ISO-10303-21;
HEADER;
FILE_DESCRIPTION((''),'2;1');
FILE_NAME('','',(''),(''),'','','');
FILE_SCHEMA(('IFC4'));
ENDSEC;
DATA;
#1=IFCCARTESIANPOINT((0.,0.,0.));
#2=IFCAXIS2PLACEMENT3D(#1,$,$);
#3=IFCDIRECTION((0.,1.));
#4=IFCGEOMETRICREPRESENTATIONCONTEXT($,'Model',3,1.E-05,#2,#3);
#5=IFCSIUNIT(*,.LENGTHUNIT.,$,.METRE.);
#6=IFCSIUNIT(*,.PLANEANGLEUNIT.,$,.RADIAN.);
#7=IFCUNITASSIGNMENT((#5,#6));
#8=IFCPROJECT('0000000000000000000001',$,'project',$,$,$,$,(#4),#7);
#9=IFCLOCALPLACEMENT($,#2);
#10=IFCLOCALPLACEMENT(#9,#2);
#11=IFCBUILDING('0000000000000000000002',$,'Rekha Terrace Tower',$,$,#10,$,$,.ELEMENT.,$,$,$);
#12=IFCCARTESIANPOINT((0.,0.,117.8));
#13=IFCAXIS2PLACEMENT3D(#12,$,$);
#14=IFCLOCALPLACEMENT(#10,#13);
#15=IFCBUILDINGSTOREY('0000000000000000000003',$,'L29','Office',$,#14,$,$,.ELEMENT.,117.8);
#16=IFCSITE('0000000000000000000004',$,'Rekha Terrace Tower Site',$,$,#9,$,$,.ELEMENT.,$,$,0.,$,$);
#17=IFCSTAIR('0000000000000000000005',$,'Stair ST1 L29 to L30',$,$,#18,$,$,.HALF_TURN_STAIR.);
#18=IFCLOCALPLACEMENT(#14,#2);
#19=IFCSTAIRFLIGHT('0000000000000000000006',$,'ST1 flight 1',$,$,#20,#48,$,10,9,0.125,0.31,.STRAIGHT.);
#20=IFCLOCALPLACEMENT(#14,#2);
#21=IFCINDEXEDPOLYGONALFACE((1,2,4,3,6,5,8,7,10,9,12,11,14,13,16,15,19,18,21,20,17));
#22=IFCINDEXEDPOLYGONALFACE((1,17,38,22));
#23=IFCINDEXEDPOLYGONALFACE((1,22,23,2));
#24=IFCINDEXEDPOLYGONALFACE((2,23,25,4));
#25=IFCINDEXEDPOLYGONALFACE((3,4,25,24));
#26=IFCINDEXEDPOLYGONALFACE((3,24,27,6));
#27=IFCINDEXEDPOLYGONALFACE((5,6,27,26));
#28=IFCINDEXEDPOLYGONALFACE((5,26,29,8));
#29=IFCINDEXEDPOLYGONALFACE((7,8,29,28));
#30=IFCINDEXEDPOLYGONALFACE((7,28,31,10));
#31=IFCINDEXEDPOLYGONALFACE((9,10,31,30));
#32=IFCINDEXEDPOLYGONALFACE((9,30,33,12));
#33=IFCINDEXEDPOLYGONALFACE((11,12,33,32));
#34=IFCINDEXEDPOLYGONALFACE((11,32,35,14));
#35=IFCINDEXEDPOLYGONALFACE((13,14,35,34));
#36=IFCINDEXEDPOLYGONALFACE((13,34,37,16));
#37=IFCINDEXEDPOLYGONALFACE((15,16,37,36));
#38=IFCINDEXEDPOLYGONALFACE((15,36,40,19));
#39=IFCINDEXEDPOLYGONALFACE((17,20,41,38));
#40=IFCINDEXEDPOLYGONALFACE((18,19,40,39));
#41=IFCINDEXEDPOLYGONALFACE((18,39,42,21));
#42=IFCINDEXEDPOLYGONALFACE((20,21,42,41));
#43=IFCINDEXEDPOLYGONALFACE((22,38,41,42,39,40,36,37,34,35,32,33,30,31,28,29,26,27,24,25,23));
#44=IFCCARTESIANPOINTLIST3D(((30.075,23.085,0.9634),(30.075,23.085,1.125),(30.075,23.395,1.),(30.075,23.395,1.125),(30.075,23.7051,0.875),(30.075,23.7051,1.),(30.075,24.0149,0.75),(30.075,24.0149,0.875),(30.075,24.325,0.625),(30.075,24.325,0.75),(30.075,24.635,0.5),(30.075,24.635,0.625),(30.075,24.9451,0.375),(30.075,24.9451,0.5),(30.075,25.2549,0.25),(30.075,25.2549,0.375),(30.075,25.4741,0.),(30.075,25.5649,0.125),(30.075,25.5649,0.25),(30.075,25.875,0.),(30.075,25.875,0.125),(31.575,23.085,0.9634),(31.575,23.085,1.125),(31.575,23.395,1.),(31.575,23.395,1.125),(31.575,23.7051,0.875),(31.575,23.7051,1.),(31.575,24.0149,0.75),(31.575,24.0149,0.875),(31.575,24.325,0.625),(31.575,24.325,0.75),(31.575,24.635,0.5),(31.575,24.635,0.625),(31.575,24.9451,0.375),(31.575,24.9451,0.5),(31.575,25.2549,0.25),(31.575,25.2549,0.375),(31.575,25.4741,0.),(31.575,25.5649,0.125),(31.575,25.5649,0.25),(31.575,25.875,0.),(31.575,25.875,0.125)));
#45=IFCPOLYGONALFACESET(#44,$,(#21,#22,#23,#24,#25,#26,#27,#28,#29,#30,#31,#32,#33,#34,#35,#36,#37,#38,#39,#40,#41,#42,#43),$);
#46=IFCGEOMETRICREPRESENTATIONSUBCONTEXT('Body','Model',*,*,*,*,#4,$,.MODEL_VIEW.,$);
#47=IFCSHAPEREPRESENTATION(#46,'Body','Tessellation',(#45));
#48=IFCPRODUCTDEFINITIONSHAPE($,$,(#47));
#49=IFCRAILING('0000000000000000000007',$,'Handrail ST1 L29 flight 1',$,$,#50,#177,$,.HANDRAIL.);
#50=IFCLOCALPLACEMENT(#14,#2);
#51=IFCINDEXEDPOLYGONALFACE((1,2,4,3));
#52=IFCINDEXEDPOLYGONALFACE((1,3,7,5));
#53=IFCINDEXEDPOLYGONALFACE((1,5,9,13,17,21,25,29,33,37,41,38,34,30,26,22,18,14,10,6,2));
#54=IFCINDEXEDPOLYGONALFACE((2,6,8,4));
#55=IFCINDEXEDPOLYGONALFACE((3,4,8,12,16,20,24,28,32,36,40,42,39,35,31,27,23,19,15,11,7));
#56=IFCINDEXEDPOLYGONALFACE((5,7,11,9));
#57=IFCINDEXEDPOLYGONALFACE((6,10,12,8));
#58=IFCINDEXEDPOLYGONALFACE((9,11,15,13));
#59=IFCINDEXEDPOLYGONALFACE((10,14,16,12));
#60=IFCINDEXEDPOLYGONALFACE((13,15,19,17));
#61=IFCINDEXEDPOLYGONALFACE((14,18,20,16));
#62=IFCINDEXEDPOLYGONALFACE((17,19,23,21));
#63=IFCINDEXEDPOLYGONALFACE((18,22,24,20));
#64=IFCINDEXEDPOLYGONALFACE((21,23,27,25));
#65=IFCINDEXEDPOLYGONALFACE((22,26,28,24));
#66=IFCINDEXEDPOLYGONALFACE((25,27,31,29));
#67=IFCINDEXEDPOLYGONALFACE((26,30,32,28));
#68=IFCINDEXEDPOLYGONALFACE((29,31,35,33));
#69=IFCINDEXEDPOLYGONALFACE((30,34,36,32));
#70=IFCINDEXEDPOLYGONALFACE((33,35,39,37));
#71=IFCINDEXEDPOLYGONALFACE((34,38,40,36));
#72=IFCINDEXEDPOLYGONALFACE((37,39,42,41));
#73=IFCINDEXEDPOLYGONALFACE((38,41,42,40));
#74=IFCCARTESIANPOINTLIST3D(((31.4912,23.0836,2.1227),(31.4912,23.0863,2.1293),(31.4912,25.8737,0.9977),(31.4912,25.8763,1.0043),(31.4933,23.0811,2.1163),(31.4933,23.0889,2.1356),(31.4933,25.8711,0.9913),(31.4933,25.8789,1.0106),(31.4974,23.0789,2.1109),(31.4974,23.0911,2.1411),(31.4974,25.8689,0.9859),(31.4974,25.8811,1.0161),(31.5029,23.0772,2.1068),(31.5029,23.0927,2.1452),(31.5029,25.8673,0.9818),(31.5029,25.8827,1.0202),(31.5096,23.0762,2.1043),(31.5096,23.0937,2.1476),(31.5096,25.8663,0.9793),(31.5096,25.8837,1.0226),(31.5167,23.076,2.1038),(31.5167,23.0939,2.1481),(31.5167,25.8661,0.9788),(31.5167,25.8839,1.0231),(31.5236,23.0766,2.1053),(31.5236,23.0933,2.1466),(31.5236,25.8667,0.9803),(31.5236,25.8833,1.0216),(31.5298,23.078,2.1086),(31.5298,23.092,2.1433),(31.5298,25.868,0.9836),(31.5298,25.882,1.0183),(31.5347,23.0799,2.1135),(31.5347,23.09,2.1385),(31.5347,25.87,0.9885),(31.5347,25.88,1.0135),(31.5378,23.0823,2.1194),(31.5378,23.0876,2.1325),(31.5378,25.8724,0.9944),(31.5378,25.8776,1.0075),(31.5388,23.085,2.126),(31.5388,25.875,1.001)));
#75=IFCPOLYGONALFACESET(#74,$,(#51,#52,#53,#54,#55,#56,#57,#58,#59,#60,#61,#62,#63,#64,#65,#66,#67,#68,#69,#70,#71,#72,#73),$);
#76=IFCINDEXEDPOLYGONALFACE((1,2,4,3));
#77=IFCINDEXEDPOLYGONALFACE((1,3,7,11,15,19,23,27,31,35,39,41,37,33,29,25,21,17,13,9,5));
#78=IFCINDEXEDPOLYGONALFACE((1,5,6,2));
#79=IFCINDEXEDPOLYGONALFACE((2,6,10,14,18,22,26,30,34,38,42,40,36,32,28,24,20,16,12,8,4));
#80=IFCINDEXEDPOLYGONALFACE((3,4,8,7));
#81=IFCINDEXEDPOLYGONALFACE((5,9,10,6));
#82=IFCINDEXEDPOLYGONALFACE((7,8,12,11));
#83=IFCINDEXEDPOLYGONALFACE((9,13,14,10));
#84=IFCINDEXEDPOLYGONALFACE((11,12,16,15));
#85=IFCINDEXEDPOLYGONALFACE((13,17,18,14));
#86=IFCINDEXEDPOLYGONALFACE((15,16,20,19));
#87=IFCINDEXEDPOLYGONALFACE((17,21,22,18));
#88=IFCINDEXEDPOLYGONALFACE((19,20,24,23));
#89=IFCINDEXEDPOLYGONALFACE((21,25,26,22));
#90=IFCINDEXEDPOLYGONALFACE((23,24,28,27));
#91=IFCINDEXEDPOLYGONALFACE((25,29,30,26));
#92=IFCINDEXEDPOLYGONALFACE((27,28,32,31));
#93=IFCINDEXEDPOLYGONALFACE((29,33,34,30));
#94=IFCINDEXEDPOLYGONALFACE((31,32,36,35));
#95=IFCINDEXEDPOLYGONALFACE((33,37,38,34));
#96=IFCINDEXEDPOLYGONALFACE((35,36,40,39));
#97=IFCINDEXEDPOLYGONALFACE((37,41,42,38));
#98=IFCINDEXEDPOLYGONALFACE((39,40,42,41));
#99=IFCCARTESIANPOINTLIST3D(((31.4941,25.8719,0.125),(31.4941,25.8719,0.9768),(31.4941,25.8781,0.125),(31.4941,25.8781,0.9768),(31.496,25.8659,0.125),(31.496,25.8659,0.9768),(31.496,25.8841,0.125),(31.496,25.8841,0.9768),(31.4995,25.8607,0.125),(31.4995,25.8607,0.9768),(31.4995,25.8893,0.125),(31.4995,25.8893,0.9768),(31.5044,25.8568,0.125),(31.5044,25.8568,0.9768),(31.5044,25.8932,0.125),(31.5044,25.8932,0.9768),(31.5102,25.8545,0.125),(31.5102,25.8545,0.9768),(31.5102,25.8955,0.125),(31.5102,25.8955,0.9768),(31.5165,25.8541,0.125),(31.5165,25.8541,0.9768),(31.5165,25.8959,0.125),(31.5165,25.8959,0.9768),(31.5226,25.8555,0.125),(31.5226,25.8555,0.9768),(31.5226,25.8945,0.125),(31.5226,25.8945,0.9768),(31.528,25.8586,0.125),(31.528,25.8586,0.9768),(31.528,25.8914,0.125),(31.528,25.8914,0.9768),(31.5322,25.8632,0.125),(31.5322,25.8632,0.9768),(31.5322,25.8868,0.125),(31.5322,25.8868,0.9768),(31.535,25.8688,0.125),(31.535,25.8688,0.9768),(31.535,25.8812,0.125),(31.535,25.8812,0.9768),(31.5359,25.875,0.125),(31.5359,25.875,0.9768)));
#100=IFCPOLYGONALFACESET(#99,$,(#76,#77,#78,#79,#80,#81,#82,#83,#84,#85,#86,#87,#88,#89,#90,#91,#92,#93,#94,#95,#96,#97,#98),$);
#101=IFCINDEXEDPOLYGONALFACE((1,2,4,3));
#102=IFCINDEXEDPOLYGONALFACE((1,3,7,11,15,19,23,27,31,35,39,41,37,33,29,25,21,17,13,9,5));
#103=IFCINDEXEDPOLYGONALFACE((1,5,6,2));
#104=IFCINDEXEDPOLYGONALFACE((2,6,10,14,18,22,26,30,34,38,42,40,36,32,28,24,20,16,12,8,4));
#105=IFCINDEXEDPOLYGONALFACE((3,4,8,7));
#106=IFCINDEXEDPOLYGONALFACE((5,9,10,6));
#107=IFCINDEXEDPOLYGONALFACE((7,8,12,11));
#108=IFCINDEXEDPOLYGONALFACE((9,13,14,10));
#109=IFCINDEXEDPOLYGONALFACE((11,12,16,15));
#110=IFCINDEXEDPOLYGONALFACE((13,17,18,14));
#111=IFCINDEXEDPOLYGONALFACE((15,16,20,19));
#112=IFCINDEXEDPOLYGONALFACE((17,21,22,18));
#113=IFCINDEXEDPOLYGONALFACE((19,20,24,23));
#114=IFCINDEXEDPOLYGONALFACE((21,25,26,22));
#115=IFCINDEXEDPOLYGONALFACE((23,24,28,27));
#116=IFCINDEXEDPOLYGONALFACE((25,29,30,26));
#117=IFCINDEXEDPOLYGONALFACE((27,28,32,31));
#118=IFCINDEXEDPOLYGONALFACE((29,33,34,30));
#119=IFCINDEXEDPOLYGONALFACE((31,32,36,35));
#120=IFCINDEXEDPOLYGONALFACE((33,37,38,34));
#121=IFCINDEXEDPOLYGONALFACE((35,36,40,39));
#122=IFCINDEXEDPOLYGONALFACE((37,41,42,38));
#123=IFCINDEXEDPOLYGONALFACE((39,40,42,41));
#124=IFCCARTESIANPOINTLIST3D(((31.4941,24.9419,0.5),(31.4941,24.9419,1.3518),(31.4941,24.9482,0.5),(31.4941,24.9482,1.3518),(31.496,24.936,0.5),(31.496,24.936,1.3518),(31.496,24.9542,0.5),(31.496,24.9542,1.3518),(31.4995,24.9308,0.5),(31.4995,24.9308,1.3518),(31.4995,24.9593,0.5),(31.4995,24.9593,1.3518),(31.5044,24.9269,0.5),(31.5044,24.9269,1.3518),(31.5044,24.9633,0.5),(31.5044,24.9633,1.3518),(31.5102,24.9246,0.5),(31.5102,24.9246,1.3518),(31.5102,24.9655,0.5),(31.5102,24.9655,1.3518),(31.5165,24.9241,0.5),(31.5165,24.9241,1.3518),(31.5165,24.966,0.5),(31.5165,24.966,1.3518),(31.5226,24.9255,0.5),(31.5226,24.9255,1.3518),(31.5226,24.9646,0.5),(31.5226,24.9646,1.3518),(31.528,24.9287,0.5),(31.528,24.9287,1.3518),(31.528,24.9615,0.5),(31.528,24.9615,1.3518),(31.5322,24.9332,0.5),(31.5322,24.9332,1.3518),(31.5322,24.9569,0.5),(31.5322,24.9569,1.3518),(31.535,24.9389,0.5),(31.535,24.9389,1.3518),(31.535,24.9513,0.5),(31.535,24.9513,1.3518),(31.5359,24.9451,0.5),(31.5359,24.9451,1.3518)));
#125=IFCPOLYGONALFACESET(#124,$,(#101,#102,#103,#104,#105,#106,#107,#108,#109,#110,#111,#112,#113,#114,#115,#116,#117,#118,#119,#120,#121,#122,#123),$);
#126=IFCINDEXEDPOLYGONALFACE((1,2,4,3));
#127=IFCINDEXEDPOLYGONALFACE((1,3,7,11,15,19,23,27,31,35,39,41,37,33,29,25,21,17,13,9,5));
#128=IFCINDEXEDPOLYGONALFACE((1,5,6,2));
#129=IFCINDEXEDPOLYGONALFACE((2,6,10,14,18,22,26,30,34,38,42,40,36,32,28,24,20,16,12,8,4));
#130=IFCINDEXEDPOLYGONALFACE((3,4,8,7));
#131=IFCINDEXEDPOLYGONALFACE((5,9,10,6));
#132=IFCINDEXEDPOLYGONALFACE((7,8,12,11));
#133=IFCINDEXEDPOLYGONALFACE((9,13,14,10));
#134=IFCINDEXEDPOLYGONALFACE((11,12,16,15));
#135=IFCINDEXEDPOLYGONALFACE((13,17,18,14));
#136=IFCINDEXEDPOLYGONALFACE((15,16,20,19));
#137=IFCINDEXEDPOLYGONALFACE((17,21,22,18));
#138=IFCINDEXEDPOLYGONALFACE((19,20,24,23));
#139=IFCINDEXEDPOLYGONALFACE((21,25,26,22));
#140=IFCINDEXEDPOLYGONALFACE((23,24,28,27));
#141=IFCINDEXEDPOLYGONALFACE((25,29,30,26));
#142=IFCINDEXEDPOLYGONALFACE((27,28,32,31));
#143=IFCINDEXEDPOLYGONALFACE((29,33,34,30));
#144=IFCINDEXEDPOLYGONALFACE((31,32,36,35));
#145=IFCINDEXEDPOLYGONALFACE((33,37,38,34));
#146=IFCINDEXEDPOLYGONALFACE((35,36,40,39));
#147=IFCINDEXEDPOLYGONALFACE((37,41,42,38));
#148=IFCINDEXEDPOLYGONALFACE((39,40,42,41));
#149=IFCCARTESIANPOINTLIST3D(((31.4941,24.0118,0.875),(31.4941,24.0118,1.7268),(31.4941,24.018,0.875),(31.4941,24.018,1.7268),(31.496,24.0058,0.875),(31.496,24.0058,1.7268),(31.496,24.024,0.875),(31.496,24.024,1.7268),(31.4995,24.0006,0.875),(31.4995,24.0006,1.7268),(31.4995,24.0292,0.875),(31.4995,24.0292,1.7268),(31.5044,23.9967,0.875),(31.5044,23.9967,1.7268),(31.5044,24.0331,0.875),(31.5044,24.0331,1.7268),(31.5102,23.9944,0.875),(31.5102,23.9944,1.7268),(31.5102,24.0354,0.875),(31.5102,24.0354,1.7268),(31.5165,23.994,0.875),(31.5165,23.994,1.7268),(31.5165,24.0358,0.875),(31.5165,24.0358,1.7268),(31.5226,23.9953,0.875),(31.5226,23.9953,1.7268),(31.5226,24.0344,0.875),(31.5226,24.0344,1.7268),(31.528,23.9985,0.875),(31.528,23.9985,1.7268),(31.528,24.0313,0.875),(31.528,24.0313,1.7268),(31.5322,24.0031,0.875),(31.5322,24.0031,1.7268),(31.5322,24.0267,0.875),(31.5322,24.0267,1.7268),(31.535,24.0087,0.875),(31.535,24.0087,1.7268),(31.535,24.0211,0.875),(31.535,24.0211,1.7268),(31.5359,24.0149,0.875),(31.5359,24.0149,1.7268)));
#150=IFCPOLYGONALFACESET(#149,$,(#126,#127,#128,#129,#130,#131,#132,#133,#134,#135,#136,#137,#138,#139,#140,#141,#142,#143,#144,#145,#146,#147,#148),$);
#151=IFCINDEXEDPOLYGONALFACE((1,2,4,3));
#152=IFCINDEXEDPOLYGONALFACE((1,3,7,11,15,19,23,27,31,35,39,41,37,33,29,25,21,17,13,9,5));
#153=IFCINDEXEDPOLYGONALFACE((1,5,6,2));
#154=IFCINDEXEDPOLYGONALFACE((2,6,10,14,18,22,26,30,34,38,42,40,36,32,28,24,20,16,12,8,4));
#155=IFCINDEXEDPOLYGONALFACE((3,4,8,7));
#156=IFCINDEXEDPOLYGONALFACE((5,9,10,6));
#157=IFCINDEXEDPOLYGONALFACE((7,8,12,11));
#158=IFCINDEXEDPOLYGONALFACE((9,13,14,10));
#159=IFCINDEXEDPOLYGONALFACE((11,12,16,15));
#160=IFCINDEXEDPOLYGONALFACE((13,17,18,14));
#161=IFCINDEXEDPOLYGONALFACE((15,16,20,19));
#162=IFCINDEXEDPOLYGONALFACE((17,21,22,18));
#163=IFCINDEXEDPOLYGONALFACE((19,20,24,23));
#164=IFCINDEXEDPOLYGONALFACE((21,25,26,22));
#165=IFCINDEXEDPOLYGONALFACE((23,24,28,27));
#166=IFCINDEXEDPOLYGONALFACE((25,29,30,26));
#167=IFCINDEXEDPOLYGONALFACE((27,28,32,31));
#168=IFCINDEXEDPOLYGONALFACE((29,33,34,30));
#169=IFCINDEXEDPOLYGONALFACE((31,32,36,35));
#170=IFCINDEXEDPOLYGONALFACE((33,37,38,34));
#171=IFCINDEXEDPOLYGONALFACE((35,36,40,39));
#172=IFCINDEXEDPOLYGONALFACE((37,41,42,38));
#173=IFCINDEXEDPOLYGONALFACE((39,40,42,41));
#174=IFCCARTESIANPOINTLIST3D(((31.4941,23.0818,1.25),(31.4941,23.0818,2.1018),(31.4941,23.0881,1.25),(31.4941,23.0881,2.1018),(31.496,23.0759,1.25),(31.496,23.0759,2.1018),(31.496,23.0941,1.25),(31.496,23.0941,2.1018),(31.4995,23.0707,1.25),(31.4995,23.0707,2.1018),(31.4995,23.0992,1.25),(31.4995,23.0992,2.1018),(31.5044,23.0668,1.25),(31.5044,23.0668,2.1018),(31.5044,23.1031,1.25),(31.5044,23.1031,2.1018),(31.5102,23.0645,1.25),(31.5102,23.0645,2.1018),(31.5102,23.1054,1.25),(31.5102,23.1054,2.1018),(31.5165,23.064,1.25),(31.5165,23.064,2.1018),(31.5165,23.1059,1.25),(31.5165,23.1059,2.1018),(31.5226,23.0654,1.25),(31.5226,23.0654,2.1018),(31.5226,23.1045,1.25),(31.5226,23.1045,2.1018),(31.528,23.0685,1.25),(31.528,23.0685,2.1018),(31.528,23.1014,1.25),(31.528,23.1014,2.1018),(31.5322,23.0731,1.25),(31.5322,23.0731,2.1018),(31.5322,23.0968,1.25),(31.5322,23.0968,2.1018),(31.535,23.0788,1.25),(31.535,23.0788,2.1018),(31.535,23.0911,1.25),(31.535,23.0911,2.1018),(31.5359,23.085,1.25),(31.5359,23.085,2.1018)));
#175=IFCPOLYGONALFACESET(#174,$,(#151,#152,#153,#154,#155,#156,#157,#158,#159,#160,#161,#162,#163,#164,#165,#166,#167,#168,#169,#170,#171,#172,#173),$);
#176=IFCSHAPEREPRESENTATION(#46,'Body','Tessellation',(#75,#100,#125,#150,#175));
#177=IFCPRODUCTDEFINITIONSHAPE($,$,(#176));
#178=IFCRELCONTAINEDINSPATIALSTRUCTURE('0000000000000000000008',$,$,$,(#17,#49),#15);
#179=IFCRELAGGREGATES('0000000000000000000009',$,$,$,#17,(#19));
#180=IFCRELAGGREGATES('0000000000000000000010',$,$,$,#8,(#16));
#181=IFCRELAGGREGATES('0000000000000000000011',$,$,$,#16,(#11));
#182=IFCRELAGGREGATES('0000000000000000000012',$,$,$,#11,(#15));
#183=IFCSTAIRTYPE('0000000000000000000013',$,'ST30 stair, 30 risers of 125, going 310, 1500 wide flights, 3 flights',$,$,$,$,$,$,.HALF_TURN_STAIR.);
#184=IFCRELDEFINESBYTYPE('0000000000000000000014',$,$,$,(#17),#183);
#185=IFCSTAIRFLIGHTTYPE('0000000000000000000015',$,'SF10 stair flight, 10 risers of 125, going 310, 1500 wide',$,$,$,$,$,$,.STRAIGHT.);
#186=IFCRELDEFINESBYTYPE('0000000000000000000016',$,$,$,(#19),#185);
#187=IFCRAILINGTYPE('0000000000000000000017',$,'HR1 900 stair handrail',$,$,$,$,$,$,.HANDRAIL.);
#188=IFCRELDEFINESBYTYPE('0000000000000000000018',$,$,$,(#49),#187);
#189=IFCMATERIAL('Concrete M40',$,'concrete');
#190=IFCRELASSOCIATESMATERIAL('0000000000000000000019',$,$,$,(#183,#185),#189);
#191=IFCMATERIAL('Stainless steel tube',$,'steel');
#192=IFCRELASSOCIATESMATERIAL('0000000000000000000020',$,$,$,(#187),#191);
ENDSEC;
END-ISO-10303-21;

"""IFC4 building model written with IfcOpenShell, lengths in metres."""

from ifc_helpers import new_model, si_unit, direction, frame, origin, origin_2d, place, context, subcontext, project, spatial, polyline, circle, outline, extrude, material, type_object, element, aggregate, save


model = new_model("IFC4")

# Units and contexts
model_context = context("Model", 3, precision=1e-05, world=origin(), true_north=direction((0.0, 1.0)))
body_context = subcontext(model_context, "Body", "Model", "MODEL_VIEW")
ifc_project = project(units=[si_unit("LENGTHUNIT", "METRE"), si_unit("PLANEANGLEUNIT", "RADIAN")], contexts=[model_context])

# Site, building, storey
site_placement = place(None, origin())
site = spatial("IfcSite", under=ifc_project, at=site_placement, Name="Rekha Terrace Tower Site", CompositionType="ELEMENT", RefElevation=0.0)
building_placement = place(site_placement, origin())
building = spatial("IfcBuilding", under=site, at=building_placement, Name="Rekha Terrace Tower", CompositionType="ELEMENT")
storey_placement = place(building_placement, frame((0.0, 0.0, 117.8)))
storey = spatial("IfcBuildingStorey", under=building, at=storey_placement, Name="L29", Description="Office", CompositionType="ELEMENT", Elevation=117.8)

# Stair, stair flight
ifc_material_1 = material(Name="Concrete M40", Category="concrete")
stair_type = type_object("IfcStairType", Name="ST30 stair, 30 risers of 125, going 310, 1500 wide flights, 3 flights", PredefinedType="HALF_TURN_STAIR", material=ifc_material_1)
stair_placement = place(storey_placement, origin())
stair = element("IfcStair", 1, at=stair_placement, inside=storey, type_object=stair_type, Name="Stair ST1 L29 to L30", PredefinedType="HALF_TURN_STAIR")
stair_flight_type = type_object("IfcStairFlightType", Name="SF10 stair flight, 10 risers of 125, going 310, 1500 wide", PredefinedType="STRAIGHT", material=ifc_material_1)
stair_flight_placement = place(storey_placement, frame((30.825, 25.875, 0.0), z_axis=(0.0, 0.0, 1.0), x_axis=(0.0, -1.0, 0.0)))
stair_flight = element("IfcStairFlight", 2, at=stair_flight_placement, type_object=stair_flight_type, Name="ST1 flight 1", NumberOfRisers=10, NumberOfTreads=9, PredefinedType="STRAIGHT", RiserHeight=0.125, TreadLength=0.31, context=body_context, shape_type="SweptSolid", body=[
    extrude(outline(polyline([(0.0, 0.0), (0.0, 0.125), (0.3101, 0.125), (0.3101, 0.25), (0.6201, 0.25), (0.6201, 0.375), (0.9299, 0.375), (0.9299, 0.5), (1.24, 0.5), (1.24, 0.625), (1.55, 0.625), (1.55, 0.75), (1.8601, 0.75), (1.8601, 0.875), (2.1699, 0.875), (2.1699, 1.0), (2.48, 1.0), (2.48, 1.125), (2.79, 1.125), (2.79, 1.25), (2.79, 0.9634), (0.4009, 0.0), (0.0, 0.0)])), frame((0.0, 0.75, 0.0), z_axis=(0.0, -1.0, 0.0), x_axis=(1.0, 0.0, 0.0)), (0.0, 0.0, 1.0), 1.5),
])
aggregate(stair, [stair_flight])

# Railing
ifc_material_2 = material(Name="Stainless steel tube", Category="steel")
railing_type = type_object("IfcRailingType", Name="HR1 900 stair handrail", PredefinedType="HANDRAIL", material=ifc_material_2)
railing_placement = place(storey_placement, frame((31.5149, 25.875, 0.125)))
element("IfcRailing", 3, at=railing_placement, inside=storey, type_object=railing_type, Name="Handrail ST1 L29 flight 1", PredefinedType="HANDRAIL", context=body_context, shape_type="SweptSolid", body=[
    extrude(circle(Radius=0.0239, at=origin_2d()), frame((0.0, 0.0, 0.876), z_axis=(0.0, -0.927443, 0.373964), x_axis=(1.0, 0.0, 0.0)), (0.0, 0.0, 1.0), 3.0083),
    extrude(circle(Radius=0.021, at=origin_2d()), origin(), (0.0, 0.0, 1.0), 0.8518),
    extrude(circle(Radius=0.021, at=origin_2d()), frame((0.0, -0.9299, 0.375)), (0.0, 0.0, 1.0), 0.8518),
    extrude(circle(Radius=0.021, at=origin_2d()), frame((0.0, -1.8601, 0.75)), (0.0, 0.0, 1.0), 0.8518),
    extrude(circle(Radius=0.021, at=origin_2d()), frame((0.0, -2.79, 1.125)), (0.0, 0.0, 1.0), 0.8518),
])

save(model, "model.ifc")
